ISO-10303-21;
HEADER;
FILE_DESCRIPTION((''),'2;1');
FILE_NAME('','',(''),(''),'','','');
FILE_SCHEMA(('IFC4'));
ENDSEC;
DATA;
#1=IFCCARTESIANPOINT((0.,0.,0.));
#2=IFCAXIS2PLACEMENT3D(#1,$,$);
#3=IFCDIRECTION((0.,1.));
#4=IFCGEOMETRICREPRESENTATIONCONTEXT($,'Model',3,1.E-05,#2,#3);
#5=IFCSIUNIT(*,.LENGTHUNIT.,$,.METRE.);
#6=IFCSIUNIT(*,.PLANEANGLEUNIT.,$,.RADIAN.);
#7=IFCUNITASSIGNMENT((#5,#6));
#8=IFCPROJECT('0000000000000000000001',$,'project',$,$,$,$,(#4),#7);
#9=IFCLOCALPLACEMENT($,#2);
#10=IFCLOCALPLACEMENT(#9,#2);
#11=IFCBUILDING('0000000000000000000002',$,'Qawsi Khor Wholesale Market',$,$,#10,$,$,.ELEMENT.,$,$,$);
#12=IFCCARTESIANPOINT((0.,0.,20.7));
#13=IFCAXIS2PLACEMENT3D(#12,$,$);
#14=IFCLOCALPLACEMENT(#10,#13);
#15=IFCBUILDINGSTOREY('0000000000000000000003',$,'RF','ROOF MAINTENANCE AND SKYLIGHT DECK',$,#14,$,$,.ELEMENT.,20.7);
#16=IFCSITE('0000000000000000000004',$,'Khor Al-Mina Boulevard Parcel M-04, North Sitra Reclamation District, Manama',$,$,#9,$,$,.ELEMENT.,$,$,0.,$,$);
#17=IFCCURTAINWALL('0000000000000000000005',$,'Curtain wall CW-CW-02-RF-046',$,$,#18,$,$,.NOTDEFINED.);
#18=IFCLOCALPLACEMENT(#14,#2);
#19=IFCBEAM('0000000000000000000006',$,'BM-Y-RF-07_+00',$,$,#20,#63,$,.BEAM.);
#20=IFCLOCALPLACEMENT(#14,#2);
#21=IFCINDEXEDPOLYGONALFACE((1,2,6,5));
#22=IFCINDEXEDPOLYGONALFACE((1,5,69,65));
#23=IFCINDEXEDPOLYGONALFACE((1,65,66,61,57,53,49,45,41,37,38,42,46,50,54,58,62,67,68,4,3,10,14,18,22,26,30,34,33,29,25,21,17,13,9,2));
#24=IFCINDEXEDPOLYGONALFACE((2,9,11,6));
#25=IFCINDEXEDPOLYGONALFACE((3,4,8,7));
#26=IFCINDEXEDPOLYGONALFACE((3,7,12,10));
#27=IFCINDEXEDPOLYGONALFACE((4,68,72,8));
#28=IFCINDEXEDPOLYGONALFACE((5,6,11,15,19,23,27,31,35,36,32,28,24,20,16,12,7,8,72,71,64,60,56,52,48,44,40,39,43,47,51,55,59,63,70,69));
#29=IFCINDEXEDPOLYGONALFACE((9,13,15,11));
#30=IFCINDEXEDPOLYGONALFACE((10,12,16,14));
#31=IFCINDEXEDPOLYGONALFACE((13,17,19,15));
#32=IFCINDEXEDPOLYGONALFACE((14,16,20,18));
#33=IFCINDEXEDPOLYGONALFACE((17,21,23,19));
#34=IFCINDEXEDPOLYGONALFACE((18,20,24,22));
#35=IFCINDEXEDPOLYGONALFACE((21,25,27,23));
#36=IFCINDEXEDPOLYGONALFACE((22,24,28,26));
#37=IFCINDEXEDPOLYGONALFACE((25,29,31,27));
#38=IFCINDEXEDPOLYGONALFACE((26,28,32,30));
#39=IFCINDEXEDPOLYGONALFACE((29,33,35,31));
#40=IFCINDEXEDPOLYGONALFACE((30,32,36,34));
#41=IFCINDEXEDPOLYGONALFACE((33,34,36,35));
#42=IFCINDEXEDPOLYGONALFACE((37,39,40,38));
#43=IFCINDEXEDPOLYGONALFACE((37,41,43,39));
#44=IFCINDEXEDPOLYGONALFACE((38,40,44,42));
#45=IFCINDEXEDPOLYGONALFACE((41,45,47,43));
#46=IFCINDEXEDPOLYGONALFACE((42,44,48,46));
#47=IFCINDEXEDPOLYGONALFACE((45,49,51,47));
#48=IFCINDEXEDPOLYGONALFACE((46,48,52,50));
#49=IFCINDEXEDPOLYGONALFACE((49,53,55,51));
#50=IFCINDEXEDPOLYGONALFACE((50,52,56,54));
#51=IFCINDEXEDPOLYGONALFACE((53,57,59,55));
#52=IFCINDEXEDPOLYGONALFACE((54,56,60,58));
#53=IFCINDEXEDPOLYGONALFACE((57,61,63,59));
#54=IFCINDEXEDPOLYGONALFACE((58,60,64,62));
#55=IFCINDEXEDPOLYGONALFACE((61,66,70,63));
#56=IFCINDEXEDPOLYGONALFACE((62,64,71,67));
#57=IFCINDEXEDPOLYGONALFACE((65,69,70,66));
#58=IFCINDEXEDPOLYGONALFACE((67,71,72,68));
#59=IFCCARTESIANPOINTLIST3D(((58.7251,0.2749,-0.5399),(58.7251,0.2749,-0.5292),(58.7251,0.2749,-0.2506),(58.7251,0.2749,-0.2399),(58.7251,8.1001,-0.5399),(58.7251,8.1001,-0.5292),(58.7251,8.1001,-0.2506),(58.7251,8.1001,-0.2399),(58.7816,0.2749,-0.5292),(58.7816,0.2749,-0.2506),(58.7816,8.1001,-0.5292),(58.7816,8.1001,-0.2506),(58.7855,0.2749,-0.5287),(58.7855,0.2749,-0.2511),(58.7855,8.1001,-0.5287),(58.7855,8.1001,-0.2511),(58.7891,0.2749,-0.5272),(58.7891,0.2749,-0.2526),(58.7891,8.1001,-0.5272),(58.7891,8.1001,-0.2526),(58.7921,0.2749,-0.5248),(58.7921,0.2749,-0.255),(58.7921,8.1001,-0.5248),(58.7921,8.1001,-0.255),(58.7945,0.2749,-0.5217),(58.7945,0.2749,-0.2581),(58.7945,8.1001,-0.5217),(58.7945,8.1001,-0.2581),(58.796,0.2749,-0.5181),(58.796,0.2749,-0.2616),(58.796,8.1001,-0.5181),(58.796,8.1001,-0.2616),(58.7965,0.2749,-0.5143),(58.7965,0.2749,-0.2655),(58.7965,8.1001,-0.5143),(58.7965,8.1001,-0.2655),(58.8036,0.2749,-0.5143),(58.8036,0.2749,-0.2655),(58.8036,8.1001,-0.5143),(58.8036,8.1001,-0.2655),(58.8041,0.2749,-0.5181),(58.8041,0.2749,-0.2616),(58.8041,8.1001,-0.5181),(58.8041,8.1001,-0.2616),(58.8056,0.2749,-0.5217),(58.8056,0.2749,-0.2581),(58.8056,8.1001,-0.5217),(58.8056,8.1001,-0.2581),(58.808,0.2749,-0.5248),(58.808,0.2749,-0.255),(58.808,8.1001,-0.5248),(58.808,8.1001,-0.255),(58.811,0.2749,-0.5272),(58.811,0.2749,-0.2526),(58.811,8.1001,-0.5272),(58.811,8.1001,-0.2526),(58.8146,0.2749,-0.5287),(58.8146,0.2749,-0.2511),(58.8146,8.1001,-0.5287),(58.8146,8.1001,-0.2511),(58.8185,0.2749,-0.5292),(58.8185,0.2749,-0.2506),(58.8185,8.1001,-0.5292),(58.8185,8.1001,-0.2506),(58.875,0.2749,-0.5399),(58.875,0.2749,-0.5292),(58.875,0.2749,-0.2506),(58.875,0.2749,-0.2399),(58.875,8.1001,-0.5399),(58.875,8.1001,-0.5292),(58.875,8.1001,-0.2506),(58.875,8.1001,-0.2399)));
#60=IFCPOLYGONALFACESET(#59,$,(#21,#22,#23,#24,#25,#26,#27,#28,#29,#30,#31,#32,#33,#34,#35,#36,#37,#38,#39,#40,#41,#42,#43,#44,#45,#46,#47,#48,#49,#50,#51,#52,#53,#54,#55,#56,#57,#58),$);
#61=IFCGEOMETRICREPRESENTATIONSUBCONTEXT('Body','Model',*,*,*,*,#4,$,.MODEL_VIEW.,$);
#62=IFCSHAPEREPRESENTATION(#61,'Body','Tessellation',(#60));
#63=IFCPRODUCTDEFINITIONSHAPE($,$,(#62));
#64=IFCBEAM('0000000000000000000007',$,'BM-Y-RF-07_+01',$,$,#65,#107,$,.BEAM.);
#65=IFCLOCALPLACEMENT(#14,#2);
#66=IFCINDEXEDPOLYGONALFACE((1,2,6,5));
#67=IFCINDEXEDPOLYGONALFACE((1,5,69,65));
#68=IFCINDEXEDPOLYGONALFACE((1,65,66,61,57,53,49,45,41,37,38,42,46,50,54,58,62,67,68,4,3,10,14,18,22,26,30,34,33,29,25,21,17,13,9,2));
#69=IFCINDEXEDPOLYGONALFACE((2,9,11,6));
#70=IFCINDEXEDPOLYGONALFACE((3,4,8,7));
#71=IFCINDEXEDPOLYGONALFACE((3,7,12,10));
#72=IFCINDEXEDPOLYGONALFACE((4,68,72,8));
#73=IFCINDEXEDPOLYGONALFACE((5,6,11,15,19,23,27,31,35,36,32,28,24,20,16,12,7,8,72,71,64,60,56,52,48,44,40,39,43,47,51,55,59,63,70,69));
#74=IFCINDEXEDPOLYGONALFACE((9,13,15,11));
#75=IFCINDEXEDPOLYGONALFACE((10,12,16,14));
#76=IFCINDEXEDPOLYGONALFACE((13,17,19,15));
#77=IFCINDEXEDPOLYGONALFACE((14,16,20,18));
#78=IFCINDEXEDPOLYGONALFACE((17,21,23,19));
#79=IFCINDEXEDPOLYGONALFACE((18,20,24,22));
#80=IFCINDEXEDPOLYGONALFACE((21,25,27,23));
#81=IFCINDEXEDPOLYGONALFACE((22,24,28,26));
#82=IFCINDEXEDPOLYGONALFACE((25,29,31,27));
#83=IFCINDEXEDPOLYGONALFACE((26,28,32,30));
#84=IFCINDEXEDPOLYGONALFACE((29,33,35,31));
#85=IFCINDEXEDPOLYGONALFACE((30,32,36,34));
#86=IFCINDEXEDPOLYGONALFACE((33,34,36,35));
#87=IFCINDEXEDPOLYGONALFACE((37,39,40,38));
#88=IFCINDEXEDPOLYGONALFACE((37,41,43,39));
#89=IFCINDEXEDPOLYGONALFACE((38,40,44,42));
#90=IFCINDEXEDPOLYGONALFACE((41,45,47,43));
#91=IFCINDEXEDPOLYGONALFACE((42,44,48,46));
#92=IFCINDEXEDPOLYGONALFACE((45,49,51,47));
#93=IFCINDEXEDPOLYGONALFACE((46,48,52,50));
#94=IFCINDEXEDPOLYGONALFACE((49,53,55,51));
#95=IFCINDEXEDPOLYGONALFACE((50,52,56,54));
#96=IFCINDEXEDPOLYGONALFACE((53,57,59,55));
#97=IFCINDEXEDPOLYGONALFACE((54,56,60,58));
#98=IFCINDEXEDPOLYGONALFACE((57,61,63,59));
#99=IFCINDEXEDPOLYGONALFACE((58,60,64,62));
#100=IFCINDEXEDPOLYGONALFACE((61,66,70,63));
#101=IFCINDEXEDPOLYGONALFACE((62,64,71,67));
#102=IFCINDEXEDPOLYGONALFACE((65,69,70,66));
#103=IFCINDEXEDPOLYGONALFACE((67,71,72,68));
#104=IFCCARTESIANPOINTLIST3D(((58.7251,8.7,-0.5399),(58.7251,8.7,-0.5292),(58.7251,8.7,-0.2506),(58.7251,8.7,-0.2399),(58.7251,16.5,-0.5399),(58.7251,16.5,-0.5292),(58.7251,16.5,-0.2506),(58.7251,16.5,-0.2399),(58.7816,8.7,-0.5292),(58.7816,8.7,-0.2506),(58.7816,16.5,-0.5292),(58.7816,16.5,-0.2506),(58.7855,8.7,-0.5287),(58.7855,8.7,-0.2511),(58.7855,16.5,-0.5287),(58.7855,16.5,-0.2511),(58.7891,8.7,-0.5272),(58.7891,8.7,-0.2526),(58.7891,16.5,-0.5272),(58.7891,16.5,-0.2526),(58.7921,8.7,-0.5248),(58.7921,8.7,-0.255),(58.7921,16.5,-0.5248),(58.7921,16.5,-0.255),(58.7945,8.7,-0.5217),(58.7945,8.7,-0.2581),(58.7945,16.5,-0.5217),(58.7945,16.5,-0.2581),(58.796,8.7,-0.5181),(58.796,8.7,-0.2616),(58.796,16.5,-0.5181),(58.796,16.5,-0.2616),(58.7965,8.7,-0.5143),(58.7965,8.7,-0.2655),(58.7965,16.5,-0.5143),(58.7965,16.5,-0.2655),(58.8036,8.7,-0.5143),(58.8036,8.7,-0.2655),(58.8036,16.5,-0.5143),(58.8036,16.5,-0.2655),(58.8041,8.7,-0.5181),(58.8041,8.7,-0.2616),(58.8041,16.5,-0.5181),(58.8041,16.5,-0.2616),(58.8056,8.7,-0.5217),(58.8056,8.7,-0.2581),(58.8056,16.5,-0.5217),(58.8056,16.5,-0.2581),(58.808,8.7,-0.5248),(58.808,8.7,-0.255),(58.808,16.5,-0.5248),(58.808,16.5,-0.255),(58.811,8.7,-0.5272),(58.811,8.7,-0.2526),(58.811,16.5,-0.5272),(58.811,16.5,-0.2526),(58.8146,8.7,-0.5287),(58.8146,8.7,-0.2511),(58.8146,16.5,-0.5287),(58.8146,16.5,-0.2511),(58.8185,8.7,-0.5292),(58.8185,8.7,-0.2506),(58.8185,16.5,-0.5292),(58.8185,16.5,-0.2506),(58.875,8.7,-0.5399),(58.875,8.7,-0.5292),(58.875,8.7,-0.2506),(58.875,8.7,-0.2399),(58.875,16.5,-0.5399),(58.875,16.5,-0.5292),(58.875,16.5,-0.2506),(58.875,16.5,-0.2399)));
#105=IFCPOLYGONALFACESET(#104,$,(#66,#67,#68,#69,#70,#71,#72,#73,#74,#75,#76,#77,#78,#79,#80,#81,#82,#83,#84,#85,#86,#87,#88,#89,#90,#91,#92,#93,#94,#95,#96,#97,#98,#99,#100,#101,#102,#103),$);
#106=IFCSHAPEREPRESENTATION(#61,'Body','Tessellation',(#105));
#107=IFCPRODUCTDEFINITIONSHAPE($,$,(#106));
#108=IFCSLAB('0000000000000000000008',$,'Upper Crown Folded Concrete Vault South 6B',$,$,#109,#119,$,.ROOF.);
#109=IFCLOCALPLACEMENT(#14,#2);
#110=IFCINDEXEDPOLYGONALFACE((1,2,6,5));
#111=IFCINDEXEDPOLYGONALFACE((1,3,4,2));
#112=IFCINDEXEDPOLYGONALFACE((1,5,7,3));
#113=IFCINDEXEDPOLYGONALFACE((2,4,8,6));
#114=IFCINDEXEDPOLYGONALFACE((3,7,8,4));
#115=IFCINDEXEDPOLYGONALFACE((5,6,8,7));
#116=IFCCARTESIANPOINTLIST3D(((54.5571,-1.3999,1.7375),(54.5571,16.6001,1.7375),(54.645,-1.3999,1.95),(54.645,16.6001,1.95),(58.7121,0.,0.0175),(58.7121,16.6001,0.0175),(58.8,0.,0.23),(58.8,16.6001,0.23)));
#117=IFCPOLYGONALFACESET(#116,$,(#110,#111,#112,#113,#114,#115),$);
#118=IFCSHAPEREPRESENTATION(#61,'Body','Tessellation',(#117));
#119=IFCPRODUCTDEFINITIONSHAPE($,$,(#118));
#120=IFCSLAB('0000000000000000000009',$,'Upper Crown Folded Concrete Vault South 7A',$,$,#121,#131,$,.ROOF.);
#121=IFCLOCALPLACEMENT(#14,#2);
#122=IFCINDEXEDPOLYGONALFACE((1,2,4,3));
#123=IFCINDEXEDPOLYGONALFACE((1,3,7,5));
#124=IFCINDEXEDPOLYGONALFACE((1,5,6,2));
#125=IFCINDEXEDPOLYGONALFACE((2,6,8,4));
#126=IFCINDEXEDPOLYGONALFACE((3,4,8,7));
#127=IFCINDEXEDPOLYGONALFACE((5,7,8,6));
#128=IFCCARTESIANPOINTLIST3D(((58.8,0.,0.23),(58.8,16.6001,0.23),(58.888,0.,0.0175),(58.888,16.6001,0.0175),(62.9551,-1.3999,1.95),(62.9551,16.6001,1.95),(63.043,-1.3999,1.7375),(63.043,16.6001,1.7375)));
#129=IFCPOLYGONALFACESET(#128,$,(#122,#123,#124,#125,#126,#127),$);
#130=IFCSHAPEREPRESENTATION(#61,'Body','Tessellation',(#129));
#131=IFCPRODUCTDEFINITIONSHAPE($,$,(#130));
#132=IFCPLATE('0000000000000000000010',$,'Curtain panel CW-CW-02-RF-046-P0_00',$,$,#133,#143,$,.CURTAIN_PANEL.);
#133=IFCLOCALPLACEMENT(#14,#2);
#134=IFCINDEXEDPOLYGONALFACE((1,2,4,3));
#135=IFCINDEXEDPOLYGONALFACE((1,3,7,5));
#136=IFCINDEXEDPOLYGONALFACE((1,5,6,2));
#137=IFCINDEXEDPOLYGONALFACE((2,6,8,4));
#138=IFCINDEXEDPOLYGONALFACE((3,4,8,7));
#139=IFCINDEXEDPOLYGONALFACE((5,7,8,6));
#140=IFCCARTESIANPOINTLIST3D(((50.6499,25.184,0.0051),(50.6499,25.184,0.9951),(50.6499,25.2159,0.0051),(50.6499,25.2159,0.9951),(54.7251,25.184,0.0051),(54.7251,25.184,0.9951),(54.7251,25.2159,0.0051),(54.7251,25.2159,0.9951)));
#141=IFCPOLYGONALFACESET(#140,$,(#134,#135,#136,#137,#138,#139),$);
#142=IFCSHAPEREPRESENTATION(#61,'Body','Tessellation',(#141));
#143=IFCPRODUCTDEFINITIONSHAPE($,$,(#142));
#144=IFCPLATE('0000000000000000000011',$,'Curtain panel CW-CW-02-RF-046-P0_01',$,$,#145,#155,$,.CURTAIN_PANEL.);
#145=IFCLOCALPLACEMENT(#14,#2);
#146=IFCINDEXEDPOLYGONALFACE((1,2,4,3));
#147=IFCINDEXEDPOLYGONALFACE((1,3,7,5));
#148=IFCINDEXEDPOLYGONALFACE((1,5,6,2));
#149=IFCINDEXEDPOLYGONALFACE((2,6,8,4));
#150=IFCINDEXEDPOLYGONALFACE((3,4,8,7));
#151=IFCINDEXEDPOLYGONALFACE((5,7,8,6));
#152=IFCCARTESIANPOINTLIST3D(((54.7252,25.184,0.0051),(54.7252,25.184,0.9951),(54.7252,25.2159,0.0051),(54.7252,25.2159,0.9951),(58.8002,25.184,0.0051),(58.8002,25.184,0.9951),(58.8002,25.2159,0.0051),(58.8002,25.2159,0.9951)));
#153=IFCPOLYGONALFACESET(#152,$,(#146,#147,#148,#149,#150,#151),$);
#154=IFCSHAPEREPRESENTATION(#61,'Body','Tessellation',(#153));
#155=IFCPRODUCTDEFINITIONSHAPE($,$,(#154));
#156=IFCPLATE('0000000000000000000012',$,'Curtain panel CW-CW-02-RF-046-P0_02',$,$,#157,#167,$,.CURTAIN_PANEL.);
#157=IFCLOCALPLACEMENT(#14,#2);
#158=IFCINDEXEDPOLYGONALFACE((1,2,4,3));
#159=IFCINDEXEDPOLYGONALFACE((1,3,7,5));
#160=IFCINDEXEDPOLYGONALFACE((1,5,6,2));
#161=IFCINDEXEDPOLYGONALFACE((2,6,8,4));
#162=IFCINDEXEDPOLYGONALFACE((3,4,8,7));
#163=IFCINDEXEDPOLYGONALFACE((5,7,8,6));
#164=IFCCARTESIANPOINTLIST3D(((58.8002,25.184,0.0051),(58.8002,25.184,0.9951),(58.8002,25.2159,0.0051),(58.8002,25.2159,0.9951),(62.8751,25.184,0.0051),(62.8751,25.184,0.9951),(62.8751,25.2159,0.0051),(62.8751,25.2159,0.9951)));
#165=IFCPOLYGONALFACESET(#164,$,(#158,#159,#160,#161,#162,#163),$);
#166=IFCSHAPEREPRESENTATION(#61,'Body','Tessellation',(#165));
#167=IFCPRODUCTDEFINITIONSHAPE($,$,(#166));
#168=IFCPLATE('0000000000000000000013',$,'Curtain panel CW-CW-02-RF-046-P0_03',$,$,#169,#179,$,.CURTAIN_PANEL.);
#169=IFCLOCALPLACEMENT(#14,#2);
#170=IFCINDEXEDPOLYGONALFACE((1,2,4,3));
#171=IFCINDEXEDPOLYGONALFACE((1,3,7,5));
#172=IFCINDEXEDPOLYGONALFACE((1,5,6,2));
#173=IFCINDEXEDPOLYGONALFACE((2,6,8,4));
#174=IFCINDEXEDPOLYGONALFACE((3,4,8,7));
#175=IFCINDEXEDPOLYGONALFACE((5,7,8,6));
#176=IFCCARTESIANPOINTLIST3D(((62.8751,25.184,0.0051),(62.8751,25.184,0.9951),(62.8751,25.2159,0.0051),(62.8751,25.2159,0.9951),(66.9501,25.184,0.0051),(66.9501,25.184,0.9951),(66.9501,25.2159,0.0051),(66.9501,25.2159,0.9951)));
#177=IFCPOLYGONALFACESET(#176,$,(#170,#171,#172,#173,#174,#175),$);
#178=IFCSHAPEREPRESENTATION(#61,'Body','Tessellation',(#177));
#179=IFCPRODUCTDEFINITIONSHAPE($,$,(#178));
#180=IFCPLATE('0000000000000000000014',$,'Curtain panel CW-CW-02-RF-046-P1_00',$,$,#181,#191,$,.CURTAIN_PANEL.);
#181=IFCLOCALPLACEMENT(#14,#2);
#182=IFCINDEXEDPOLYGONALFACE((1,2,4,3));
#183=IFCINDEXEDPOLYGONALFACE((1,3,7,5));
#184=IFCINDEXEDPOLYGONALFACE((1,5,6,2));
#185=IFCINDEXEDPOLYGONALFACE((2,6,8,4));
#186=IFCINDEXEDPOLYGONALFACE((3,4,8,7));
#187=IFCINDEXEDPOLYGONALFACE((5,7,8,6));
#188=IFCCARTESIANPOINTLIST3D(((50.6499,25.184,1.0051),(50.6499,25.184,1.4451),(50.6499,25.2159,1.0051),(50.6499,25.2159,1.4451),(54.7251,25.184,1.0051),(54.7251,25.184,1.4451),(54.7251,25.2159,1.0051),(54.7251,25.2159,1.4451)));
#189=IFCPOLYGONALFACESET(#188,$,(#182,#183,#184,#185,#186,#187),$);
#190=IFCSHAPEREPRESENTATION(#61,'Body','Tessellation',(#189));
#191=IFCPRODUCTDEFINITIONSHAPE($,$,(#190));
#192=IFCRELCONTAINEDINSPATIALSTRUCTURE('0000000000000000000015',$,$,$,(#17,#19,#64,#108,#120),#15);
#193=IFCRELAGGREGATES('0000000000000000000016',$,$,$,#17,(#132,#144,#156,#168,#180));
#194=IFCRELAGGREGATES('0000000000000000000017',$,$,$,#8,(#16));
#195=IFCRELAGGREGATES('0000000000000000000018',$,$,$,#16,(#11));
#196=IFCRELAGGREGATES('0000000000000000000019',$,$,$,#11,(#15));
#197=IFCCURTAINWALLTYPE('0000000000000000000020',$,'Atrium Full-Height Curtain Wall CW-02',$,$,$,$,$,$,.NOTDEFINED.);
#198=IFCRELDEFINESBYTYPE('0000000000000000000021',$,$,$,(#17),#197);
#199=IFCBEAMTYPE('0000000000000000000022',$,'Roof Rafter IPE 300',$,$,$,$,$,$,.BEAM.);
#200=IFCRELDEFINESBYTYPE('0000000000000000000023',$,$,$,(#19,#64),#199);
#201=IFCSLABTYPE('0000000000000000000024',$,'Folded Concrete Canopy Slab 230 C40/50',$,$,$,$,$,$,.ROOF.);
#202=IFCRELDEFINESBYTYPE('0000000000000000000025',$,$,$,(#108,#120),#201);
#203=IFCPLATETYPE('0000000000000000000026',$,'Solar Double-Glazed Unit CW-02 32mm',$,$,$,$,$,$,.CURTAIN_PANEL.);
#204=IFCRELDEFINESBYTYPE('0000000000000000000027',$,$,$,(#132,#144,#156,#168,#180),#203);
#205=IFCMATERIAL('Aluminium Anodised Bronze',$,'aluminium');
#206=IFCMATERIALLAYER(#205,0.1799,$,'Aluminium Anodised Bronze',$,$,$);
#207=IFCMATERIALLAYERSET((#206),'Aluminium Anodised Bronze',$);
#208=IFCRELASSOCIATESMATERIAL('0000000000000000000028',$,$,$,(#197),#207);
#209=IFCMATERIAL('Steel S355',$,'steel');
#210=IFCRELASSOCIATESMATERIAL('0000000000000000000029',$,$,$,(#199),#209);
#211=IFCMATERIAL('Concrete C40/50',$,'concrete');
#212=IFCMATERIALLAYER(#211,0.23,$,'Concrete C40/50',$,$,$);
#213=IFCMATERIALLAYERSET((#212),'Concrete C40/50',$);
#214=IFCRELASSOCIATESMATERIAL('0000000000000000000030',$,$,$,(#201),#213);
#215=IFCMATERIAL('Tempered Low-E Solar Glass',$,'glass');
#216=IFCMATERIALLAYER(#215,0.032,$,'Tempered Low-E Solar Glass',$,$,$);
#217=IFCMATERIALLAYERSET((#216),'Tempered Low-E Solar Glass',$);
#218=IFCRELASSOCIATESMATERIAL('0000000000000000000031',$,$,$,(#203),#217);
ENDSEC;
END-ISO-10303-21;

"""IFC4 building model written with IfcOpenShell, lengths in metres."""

from ifc_helpers import new_model, si_unit, direction, frame, frame_2d, origin, origin_2d, place, context, subcontext, project, spatial, polyline, rectangle, i_section, outline, extrude, material, layer, layer_set, material_profile, profile_set, type_object, element, aggregate, save


model = new_model("IFC4")

# Units and contexts
model_context = context("Model", 3, precision=1e-05, world=origin(), true_north=direction((0.0, 1.0)))
body_context = subcontext(model_context, "Body", "Model", "MODEL_VIEW")
ifc_project = project(units=[si_unit("LENGTHUNIT", "METRE"), si_unit("PLANEANGLEUNIT", "RADIAN")], contexts=[model_context])

# Site, building, storey
site_placement = place(None, origin())
site = spatial("IfcSite", under=ifc_project, at=site_placement, Name="Khor Al-Mina Boulevard Parcel M-04, North Sitra Reclamation District, Manama", CompositionType="ELEMENT", RefElevation=0.0)
building_placement = place(site_placement, origin())
building = spatial("IfcBuilding", under=site, at=building_placement, Name="Qawsi Khor Wholesale Market", CompositionType="ELEMENT")
storey_placement = place(building_placement, frame((0.0, 0.0, 20.7)))
storey = spatial("IfcBuildingStorey", under=building, at=storey_placement, Name="RF", Description="ROOF MAINTENANCE AND SKYLIGHT DECK", CompositionType="ELEMENT", Elevation=20.7)

# Curtain wall
ifc_material_1 = material(Name="Aluminium Anodised Bronze", Category="aluminium")
ifc_layer_1 = layer(ifc_material_1, 0.1799, Name="Aluminium Anodised Bronze")
ifc_layer_set_1 = layer_set([ifc_layer_1], Name="Aluminium Anodised Bronze")
curtain_wall_type = type_object("IfcCurtainWallType", Name="Atrium Full-Height Curtain Wall CW-02", PredefinedType="NOTDEFINED", material=ifc_layer_set_1)
curtain_wall_1_placement = place(storey_placement, origin())
curtain_wall_1 = element("IfcCurtainWall", 1, at=curtain_wall_1_placement, inside=storey, type_object=curtain_wall_type, Name="Curtain wall CW-CW-02-RF-046", PredefinedType="NOTDEFINED")

# Beams
ifc_material_2 = material(Name="Steel S355", Category="steel")
ifc_material_profile_1 = material_profile(ifc_material_2, i_section(OverallWidth=0.1499, OverallDepth=0.3, WebThickness=0.0071, FlangeThickness=0.0107, FilletRadius=0.0149, at=origin_2d()), Name="IPE 300")
ifc_profile_set_1 = profile_set([ifc_material_profile_1], Name="Steel S355")
beam_type_1 = type_object("IfcBeamType", Name="Roof Rafter IPE 300", PredefinedType="BEAM", material=ifc_profile_set_1)
beam_1_placement = place(storey_placement, frame((58.8, 0.2749, -0.3899), z_axis=(0.0, 1.0, 0.0), x_axis=(-1.0, 0.0, 0.0)))
element("IfcBeam", 2, at=beam_1_placement, inside=storey, type_object=beam_type_1, Name="BM-Y-RF-07_+00", PredefinedType="BEAM", context=body_context, shape_type="SweptSolid", body=[
    extrude(i_section(OverallWidth=0.1499, OverallDepth=0.3, WebThickness=0.0071, FlangeThickness=0.0107, FilletRadius=0.0149, at=origin_2d()), origin(), (0.0, 0.0, 1.0), 7.8252),
])
beam_2_placement = place(storey_placement, frame((58.8, 8.7, -0.3899), z_axis=(0.0, 1.0, 0.0), x_axis=(-1.0, 0.0, 0.0)))
element("IfcBeam", 3, at=beam_2_placement, inside=storey, type_object=beam_type_1, Name="BM-Y-RF-07_+01", PredefinedType="BEAM", context=body_context, shape_type="SweptSolid", body=[
    extrude(i_section(OverallWidth=0.1499, OverallDepth=0.3, WebThickness=0.0071, FlangeThickness=0.0107, FilletRadius=0.0149, at=origin_2d()), origin(), (0.0, 0.0, 1.0), 7.8),
])

# Slabs
ifc_material_3 = material(Name="Concrete C40/50", Category="concrete")
ifc_layer_2 = layer(ifc_material_3, 0.23, Name="Concrete C40/50")
ifc_layer_set_2 = layer_set([ifc_layer_2], Name="Concrete C40/50")
slab_type = type_object("IfcSlabType", Name="Folded Concrete Canopy Slab 230 C40/50", PredefinedType="ROOF", material=ifc_layer_set_2)
slab_1_placement = place(storey_placement, frame((54.645, -1.3999, 1.95), z_axis=(0.382475, 0.0, 0.923966), x_axis=(0.882208, 0.297231, -0.365189)))
element("IfcSlab", 4, at=slab_1_placement, inside=storey, type_object=slab_type, Name="Upper Crown Folded Concrete Vault South 6B", PredefinedType="ROOF", context=body_context, shape_type="SweptSolid", body=[
    extrude(outline(polyline([(0.0, 0.0), (4.7098, 0.0), (9.6439, 15.8499), (5.3502, 17.1865), (0.0, 0.0)])), origin(), (0.0, 0.0, -1.0), 0.23),
])
slab_2_placement = place(storey_placement, frame((58.8, 0.0, 0.23), z_axis=(-0.382475, 0.0, 0.923966), x_axis=(0.882208, -0.297231, 0.365189)))
element("IfcSlab", 5, at=slab_2_placement, inside=storey, type_object=slab_type, Name="Upper Crown Folded Concrete Vault South 7A", PredefinedType="ROOF", context=body_context, shape_type="SweptSolid", body=[
    extrude(outline(polyline([(0.0, 0.0), (4.7098, 0.0), (-0.6404, 17.1865), (-4.9341, 15.8499), (0.0, 0.0)])), origin(), (0.0, 0.0, -1.0), 0.23),
])

# Plates
ifc_material_4 = material(Name="Tempered Low-E Solar Glass", Category="glass")
ifc_layer_3 = layer(ifc_material_4, 0.032, Name="Tempered Low-E Solar Glass")
ifc_layer_set_3 = layer_set([ifc_layer_3], Name="Tempered Low-E Solar Glass")
plate_type = type_object("IfcPlateType", Name="Solar Double-Glazed Unit CW-02 32mm", PredefinedType="CURTAIN_PANEL", material=ifc_layer_set_3)
plate_1_placement = place(storey_placement, frame((50.6499, 25.2, 0.0051), z_axis=(0.0, 0.0, 1.0), x_axis=(1.0, 0.0, 0.0)))
plate_1 = element("IfcPlate", 6, at=plate_1_placement, type_object=plate_type, Name="Curtain panel CW-CW-02-RF-046-P0_00", PredefinedType="CURTAIN_PANEL", context=body_context, shape_type="SweptSolid", body=[
    extrude(rectangle(XDim=4.0752, YDim=0.032, at=frame_2d((2.0376, 0.0))), origin(), (0.0, 0.0, 1.0), 0.99),
])
plate_2_placement = place(storey_placement, frame((54.7251, 25.2, 0.0051), z_axis=(0.0, 0.0, 1.0), x_axis=(1.0, 0.0, 0.0)))
plate_2 = element("IfcPlate", 7, at=plate_2_placement, type_object=plate_type, Name="Curtain panel CW-CW-02-RF-046-P0_01", PredefinedType="CURTAIN_PANEL", context=body_context, shape_type="SweptSolid", body=[
    extrude(rectangle(XDim=4.075, YDim=0.032, at=frame_2d((2.0376, 0.0))), origin(), (0.0, 0.0, 1.0), 0.99),
])
plate_3_placement = place(storey_placement, frame((58.8, 25.2, 0.0051), z_axis=(0.0, 0.0, 1.0), x_axis=(1.0, 0.0, 0.0)))
plate_3 = element("IfcPlate", 8, at=plate_3_placement, type_object=plate_type, Name="Curtain panel CW-CW-02-RF-046-P0_02", PredefinedType="CURTAIN_PANEL", context=body_context, shape_type="SweptSolid", body=[
    extrude(rectangle(XDim=4.075, YDim=0.032, at=frame_2d((2.0376, 0.0))), origin(), (0.0, 0.0, 1.0), 0.99),
])
plate_4_placement = place(storey_placement, frame((62.875, 25.2, 0.0051), z_axis=(0.0, 0.0, 1.0), x_axis=(1.0, 0.0, 0.0)))
plate_4 = element("IfcPlate", 9, at=plate_4_placement, type_object=plate_type, Name="Curtain panel CW-CW-02-RF-046-P0_03", PredefinedType="CURTAIN_PANEL", context=body_context, shape_type="SweptSolid", body=[
    extrude(rectangle(XDim=4.075, YDim=0.032, at=frame_2d((2.0376, 0.0))), origin(), (0.0, 0.0, 1.0), 0.99),
])
plate_5_placement = place(storey_placement, frame((50.6499, 25.2, 1.0051), z_axis=(0.0, 0.0, 1.0), x_axis=(1.0, 0.0, 0.0)))
plate_5 = element("IfcPlate", 10, at=plate_5_placement, type_object=plate_type, Name="Curtain panel CW-CW-02-RF-046-P1_00", PredefinedType="CURTAIN_PANEL", context=body_context, shape_type="SweptSolid", body=[
    extrude(rectangle(XDim=4.0752, YDim=0.032, at=frame_2d((2.0376, 0.0))), origin(), (0.0, 0.0, 1.0), 0.4399),
])
aggregate(curtain_wall_1, [plate_1, plate_2, plate_3, plate_4, plate_5])

save(model, "model.ifc")
